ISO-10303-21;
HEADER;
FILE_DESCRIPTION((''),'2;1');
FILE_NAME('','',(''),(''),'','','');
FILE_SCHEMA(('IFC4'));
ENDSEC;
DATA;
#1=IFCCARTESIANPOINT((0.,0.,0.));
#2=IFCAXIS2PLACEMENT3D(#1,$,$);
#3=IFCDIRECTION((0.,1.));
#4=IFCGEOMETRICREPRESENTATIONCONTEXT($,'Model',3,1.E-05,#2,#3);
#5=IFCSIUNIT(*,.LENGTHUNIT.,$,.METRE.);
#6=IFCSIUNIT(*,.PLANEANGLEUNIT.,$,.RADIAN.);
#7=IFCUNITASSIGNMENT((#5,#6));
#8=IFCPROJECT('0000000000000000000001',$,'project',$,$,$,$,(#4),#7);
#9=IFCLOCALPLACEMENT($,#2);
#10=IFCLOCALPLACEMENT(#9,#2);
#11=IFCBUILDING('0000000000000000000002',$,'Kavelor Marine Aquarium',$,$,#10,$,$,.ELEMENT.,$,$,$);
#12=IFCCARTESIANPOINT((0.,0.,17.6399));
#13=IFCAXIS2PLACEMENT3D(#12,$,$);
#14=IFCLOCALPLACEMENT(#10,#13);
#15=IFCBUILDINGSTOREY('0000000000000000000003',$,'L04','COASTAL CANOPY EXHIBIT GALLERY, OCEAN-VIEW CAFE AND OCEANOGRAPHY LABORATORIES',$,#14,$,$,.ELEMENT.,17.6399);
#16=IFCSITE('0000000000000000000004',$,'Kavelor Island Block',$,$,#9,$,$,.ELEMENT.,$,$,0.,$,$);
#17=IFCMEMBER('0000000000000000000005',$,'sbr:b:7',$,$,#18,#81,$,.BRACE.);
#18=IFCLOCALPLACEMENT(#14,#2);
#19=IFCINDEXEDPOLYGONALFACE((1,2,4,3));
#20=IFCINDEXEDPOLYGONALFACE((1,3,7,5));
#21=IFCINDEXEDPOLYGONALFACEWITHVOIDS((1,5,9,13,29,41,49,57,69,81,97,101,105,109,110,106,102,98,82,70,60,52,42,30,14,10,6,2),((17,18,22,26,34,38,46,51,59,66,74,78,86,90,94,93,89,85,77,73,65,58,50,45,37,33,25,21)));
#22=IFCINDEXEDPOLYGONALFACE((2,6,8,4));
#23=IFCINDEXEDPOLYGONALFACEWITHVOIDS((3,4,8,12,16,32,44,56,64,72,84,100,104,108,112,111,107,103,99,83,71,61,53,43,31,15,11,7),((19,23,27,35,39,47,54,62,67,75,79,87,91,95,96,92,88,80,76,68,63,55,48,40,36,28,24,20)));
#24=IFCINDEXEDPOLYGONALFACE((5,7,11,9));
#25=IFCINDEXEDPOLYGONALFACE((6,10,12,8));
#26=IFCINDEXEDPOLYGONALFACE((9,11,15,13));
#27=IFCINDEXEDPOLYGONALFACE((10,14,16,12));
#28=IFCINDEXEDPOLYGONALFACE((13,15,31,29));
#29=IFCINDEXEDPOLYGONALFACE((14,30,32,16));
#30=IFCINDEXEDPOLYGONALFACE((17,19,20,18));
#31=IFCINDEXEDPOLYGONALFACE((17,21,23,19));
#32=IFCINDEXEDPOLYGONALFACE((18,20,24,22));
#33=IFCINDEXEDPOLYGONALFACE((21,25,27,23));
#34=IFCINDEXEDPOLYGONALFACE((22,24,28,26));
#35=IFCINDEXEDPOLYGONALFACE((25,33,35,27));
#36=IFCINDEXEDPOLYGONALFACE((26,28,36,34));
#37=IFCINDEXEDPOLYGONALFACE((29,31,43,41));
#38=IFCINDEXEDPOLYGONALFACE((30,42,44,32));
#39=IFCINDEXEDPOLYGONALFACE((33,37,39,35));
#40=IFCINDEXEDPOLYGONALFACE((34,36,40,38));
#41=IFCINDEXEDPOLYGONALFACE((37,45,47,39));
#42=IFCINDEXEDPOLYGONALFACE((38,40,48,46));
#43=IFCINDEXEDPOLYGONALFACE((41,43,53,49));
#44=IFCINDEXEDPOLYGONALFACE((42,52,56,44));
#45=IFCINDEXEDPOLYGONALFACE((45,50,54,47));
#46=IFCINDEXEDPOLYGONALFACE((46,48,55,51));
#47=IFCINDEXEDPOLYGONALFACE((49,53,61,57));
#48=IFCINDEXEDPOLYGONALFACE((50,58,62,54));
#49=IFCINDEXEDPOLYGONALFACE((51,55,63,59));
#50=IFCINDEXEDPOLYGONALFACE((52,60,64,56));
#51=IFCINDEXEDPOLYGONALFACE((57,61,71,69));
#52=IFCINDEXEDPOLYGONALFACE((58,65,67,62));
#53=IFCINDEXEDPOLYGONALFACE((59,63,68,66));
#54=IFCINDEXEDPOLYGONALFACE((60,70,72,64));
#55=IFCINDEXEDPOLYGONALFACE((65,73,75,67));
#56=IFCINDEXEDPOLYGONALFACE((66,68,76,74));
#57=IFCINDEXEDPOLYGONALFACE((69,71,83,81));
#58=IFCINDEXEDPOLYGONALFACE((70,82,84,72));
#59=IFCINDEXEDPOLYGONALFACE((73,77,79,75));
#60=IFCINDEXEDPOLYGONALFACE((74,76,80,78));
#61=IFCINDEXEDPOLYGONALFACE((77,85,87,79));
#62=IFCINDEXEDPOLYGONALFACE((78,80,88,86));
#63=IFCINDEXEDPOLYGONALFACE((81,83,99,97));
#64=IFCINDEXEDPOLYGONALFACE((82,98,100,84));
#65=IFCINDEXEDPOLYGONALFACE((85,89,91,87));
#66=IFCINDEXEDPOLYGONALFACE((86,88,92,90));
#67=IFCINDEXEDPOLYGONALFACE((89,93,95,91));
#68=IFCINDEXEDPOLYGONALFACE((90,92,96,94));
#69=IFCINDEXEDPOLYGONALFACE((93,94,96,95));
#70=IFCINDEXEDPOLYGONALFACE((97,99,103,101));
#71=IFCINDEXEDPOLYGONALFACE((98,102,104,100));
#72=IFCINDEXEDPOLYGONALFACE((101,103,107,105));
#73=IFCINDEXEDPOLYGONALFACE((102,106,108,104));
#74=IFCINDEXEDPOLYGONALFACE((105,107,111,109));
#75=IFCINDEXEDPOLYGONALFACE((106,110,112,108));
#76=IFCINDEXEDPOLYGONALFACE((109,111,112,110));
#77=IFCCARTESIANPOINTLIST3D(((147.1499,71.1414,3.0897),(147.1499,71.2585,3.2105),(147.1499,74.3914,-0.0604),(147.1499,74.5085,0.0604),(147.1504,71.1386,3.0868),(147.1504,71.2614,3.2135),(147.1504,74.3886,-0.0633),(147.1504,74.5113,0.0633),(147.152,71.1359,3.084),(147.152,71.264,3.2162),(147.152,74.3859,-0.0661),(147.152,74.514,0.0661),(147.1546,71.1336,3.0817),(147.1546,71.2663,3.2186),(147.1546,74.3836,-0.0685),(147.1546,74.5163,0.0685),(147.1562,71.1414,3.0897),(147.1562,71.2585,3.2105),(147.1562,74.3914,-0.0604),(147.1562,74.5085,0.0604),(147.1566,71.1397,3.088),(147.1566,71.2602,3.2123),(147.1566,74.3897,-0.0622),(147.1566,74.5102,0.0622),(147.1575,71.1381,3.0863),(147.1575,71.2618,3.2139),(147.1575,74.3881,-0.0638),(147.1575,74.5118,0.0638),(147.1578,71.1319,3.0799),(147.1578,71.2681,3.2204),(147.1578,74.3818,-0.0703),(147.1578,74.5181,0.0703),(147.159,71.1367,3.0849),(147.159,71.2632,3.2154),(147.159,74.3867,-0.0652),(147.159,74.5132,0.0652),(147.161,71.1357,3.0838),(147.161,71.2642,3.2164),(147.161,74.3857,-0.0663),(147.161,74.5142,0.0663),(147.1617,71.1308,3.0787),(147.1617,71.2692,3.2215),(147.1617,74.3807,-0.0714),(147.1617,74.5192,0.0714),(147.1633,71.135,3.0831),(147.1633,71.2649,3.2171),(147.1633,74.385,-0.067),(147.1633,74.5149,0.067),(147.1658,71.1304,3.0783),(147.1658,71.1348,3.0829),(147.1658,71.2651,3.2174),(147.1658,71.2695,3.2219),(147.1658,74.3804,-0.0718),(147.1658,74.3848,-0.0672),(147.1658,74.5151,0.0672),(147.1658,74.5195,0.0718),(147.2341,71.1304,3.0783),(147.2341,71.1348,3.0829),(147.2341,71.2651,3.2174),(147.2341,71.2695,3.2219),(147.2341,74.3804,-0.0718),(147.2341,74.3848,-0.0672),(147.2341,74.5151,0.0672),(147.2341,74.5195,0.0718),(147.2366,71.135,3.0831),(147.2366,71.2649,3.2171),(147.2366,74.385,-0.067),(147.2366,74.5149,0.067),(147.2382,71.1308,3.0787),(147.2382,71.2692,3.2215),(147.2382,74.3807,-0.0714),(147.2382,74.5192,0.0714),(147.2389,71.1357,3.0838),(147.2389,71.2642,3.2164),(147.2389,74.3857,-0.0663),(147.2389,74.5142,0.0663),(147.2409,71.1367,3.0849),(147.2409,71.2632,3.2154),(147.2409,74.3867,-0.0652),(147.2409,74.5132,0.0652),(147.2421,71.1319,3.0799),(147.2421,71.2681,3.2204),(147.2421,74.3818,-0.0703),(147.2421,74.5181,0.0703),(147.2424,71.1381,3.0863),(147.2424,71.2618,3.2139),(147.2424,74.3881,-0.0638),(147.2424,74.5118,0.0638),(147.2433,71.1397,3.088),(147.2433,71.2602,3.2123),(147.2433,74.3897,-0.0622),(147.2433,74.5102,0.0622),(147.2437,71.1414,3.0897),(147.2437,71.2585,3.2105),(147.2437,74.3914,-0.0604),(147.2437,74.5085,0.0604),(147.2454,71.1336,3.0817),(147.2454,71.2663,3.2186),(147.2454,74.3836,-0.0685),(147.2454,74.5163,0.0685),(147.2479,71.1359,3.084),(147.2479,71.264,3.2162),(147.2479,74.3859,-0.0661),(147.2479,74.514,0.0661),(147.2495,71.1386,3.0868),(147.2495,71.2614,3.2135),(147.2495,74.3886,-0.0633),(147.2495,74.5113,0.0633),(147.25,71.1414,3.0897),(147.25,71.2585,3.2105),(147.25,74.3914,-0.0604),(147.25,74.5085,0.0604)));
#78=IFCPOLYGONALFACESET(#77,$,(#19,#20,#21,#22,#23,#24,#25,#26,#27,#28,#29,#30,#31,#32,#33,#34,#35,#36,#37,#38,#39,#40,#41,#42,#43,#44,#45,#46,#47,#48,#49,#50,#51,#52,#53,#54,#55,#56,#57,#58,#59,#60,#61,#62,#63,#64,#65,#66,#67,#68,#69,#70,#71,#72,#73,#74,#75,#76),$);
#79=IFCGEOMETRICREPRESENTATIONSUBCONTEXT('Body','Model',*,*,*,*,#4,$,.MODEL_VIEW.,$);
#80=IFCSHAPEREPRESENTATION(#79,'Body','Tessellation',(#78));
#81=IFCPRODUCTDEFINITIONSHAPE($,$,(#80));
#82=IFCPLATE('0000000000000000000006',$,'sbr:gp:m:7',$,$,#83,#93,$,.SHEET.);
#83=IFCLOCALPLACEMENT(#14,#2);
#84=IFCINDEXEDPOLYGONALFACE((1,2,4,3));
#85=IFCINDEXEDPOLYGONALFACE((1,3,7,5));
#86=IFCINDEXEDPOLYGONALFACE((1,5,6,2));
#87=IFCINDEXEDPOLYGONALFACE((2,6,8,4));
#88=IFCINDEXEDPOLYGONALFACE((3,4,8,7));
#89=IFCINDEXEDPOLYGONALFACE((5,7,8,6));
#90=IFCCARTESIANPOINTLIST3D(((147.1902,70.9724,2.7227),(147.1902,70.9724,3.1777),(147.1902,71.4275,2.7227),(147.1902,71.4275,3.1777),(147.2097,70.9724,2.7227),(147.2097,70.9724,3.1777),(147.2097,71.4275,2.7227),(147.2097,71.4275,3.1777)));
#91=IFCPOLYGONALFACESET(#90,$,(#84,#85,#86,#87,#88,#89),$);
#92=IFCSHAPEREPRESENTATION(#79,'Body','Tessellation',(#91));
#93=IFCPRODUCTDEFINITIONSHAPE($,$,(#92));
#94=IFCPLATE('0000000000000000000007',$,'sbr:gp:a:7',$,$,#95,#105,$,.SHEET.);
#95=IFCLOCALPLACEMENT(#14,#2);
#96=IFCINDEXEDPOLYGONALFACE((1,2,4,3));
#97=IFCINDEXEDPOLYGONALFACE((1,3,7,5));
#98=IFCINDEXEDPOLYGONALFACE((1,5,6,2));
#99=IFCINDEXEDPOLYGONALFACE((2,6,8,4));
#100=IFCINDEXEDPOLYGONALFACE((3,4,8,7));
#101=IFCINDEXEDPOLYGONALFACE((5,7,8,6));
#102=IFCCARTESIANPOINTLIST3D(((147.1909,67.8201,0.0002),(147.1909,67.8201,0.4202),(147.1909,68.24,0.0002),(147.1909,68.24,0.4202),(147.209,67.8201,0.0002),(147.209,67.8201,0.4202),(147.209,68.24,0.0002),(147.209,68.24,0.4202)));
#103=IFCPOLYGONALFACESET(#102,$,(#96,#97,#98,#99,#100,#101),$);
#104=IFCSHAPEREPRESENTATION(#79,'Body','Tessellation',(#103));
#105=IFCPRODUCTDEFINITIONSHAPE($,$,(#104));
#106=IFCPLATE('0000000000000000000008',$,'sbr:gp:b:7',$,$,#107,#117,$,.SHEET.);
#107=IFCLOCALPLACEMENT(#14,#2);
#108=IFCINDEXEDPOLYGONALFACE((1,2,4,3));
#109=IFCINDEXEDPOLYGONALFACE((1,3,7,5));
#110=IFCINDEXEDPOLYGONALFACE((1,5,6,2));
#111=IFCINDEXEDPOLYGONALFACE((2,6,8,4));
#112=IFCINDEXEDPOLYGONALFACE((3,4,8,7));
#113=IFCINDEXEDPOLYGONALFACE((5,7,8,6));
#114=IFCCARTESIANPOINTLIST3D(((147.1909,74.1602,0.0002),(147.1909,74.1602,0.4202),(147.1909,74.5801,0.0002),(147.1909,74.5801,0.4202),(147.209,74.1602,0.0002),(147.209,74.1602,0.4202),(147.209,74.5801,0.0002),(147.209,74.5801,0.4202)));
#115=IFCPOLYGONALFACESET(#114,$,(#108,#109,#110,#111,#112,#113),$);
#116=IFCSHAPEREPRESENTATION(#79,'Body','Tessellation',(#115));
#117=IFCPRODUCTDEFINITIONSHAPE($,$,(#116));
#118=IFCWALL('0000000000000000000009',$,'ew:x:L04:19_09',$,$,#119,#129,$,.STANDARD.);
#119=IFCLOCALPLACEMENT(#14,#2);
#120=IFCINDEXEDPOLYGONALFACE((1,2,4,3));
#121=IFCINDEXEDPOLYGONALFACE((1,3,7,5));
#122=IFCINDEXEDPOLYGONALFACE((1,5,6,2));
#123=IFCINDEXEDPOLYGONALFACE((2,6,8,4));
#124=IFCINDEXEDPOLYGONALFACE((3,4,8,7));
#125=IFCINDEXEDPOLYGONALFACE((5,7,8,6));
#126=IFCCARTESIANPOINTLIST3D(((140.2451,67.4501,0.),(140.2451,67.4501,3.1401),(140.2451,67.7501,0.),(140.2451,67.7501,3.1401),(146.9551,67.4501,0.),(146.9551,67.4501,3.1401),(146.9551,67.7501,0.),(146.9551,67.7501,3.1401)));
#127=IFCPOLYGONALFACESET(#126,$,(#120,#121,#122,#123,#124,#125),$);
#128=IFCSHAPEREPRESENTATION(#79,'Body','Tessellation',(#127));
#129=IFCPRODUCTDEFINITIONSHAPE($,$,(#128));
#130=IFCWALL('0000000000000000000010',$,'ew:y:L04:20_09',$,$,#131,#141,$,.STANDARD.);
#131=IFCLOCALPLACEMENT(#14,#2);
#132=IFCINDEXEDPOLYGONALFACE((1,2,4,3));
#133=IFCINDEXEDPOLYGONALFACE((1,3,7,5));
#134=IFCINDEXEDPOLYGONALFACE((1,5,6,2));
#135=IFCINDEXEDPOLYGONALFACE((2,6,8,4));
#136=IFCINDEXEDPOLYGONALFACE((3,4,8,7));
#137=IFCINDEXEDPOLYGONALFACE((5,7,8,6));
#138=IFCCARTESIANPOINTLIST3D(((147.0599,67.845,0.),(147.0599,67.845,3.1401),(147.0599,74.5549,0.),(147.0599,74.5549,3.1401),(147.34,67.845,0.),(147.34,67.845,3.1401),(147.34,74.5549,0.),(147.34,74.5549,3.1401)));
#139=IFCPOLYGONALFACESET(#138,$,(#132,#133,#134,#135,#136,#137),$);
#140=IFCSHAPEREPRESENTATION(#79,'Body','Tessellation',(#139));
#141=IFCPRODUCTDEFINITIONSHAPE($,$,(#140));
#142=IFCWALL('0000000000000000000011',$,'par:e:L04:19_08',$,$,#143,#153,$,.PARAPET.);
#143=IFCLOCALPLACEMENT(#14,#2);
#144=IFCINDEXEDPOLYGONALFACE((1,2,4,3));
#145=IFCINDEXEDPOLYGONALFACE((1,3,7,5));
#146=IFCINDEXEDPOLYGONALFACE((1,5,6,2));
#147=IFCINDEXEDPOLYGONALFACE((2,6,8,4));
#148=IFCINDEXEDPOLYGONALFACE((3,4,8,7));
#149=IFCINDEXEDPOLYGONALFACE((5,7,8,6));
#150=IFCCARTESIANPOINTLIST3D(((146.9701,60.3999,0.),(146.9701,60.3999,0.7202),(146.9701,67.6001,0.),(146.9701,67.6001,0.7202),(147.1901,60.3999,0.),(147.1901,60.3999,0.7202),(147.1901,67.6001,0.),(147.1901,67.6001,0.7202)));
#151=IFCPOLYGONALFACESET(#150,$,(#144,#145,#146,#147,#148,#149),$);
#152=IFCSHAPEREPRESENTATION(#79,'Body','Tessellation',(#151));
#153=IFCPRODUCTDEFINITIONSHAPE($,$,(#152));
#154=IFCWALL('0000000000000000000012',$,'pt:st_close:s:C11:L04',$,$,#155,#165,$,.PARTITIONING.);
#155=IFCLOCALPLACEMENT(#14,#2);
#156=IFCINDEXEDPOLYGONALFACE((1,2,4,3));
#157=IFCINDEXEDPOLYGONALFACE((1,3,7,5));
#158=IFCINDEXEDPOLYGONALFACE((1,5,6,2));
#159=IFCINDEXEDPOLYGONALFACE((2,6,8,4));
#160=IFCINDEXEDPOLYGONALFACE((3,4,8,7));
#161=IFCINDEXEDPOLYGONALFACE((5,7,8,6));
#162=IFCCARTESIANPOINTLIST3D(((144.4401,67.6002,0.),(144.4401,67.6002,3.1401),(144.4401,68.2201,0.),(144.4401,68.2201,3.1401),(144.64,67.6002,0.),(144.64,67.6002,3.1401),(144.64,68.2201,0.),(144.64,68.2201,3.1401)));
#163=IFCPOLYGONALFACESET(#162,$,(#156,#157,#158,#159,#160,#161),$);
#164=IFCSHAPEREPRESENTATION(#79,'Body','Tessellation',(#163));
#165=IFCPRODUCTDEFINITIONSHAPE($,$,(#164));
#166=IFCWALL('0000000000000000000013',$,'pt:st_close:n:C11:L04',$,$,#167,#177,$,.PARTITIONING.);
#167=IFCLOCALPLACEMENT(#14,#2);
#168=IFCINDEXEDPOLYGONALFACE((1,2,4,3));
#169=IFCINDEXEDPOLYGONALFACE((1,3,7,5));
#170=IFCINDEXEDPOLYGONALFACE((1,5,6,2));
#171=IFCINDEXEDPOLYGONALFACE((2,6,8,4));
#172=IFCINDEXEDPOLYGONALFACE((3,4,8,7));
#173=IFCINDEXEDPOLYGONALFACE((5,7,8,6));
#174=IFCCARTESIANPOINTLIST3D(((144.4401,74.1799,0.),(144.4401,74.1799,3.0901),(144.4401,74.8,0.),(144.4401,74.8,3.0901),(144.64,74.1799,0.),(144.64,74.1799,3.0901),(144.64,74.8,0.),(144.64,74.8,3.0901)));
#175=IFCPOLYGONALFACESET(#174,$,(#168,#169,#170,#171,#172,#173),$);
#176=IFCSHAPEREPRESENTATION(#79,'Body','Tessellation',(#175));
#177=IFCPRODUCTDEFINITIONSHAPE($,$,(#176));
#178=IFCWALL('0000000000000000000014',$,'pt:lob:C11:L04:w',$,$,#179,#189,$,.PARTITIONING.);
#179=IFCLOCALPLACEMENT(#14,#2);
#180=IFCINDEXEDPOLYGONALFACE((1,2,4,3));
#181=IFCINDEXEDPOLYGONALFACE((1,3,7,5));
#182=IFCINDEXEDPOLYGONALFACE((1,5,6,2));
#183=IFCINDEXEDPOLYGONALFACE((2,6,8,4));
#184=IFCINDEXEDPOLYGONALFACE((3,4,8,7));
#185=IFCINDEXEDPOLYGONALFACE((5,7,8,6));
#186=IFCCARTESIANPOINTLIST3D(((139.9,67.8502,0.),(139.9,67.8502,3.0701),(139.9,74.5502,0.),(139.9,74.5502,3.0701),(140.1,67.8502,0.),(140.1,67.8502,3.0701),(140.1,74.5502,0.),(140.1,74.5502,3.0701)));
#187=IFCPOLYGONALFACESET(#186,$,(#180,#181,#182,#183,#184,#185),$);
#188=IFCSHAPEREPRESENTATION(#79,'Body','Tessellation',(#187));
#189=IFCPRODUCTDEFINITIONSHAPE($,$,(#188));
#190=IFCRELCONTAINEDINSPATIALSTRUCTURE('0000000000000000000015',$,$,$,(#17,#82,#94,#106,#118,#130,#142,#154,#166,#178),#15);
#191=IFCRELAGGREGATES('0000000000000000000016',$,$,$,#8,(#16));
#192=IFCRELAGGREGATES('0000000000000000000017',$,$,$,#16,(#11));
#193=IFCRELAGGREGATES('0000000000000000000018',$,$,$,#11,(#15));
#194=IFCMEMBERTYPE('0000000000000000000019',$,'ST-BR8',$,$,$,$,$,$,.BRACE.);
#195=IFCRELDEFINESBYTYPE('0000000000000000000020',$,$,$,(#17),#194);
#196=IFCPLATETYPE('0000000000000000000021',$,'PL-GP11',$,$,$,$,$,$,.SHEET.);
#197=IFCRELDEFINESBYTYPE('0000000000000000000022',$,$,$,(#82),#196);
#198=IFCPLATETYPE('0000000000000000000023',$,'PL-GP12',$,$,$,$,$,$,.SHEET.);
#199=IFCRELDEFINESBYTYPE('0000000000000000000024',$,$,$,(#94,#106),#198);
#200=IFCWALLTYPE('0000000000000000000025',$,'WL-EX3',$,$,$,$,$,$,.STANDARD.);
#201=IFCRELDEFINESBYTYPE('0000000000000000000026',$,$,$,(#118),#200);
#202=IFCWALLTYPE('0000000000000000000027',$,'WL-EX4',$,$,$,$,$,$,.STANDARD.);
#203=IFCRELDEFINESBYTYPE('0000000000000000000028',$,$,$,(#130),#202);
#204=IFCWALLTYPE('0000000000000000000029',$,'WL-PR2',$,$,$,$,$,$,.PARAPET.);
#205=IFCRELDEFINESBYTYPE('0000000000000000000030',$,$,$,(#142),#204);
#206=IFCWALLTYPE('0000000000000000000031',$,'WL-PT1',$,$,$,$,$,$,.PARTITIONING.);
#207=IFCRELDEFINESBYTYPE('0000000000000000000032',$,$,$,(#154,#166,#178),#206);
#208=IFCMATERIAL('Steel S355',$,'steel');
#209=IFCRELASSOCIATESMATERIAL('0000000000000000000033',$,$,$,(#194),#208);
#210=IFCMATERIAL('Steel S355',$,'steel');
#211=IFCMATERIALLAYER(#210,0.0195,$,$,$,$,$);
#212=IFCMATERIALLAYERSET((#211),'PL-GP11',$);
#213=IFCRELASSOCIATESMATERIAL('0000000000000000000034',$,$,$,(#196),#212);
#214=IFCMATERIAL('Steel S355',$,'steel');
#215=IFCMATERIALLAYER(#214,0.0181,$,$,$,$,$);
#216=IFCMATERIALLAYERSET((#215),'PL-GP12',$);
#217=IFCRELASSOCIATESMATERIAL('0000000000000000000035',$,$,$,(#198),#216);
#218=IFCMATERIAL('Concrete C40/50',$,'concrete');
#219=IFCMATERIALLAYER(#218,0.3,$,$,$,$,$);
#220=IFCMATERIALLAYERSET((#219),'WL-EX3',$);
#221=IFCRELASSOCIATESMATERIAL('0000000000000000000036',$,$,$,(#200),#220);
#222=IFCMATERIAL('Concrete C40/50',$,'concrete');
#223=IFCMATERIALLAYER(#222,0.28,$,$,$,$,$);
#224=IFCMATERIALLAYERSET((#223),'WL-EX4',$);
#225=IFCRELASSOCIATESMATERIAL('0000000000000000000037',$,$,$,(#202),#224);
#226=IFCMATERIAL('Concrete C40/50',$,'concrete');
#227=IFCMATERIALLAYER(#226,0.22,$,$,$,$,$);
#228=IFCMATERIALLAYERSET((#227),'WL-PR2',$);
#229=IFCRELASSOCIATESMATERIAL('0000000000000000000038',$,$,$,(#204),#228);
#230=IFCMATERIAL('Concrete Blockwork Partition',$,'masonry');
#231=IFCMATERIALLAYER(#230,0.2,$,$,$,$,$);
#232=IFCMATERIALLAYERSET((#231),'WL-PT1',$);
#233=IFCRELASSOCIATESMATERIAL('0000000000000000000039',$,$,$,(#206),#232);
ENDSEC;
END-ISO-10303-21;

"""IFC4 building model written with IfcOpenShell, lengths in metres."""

from ifc_helpers import new_model, si_unit, direction, frame, frame_2d, origin, origin_2d, place, context, subcontext, project, spatial, rectangle, hollow_rectangle, extrude, material, layer, layer_set, material_profile, profile_set, type_object, element, save


model = new_model("IFC4")

# Units and contexts
model_context = context("Model", 3, precision=1e-05, world=origin(), true_north=direction((0.0, 1.0)))
body_context = subcontext(model_context, "Body", "Model", "MODEL_VIEW")
ifc_project = project(units=[si_unit("LENGTHUNIT", "METRE"), si_unit("PLANEANGLEUNIT", "RADIAN")], contexts=[model_context])

# Site, building, storey
site_placement = place(None, origin())
site = spatial("IfcSite", under=ifc_project, at=site_placement, Name="Kavelor Island Block", CompositionType="ELEMENT", RefElevation=0.0)
building_placement = place(site_placement, origin())
building = spatial("IfcBuilding", under=site, at=building_placement, Name="Kavelor Marine Aquarium", CompositionType="ELEMENT")
storey_placement = place(building_placement, frame((0.0, 0.0, 17.6399)))
storey = spatial("IfcBuildingStorey", under=building, at=storey_placement, Name="L04", Description="COASTAL CANOPY EXHIBIT GALLERY, OCEAN-VIEW CAFE AND OCEANOGRAPHY LABORATORIES", CompositionType="ELEMENT", Elevation=17.6399)

# Member
ifc_material_1 = material(Name="Steel S355", Category="steel")
ifc_material_profile_1 = material_profile(ifc_material_1, hollow_rectangle(XDim=0.1001, YDim=0.2, WallThickness=0.0063, InnerFilletRadius=0.0095, OuterFilletRadius=0.0159, at=origin_2d()), Name="RHS 200x100x6.3")
ifc_profile_set_1 = profile_set([ifc_material_profile_1], Name="Steel S355")
member_type = type_object("IfcMemberType", Name="ST-BR8", PredefinedType="BRACE", material=ifc_profile_set_1)
for number, where, z_axis, x_axis, name in (
    (1, (147.2, 74.45, 0.0), (0.0, -0.718052, 0.69599), (1.0, 0.0, 0.0), "sbr:b:7"),
):
    element("IfcMember", number, at=place(storey_placement, frame(where, z_axis=z_axis, x_axis=x_axis)), inside=storey, type_object=member_type, Name=name, PredefinedType="BRACE", context=body_context, shape_type="SweptSolid", body=[
        extrude(hollow_rectangle(XDim=0.1001, YDim=0.2, WallThickness=0.0063, InnerFilletRadius=0.0095, OuterFilletRadius=0.0159, at=origin_2d()), origin(), (0.0, 0.0, 1.0), 4.5261),
    ])

# Plates
ifc_material_2 = material(Name="Steel S355", Category="steel")
ifc_layer_1 = layer(ifc_material_2, 0.0195)
ifc_layer_set_1 = layer_set([ifc_layer_1], Name="PL-GP11")
plate_type_1 = type_object("IfcPlateType", Name="PL-GP11", PredefinedType="SHEET", material=ifc_layer_set_1)
plate_placement = place(storey_placement, frame((147.2, 71.2, 2.7227), z_axis=(0.0, 0.0, 1.0), x_axis=(1.0, 0.0, 0.0)))
element("IfcPlate", 2, at=plate_placement, inside=storey, type_object=plate_type_1, Name="sbr:gp:m:7", PredefinedType="SHEET", context=body_context, shape_type="SweptSolid", body=[
    extrude(rectangle(XDim=0.0195, YDim=0.4551, at=origin_2d()), origin(), (0.0, 0.0, 1.0), 0.4551),
])
ifc_material_3 = material(Name="Steel S355", Category="steel")
ifc_layer_2 = layer(ifc_material_3, 0.0181)
ifc_layer_set_2 = layer_set([ifc_layer_2], Name="PL-GP12")
plate_type_2 = type_object("IfcPlateType", Name="PL-GP12", PredefinedType="SHEET", material=ifc_layer_set_2)
for number, where, z_axis, x_axis, name in (
    (3, (147.2, 68.03, 0.0002), (0.0, 0.0, 1.0), (1.0, 0.0, 0.0), "sbr:gp:a:7"),
    (4, (147.2, 74.3701, 0.0002), (0.0, 0.0, 1.0), (1.0, 0.0, 0.0), "sbr:gp:b:7"),
):
    element("IfcPlate", number, at=place(storey_placement, frame(where, z_axis=z_axis, x_axis=x_axis)), inside=storey, type_object=plate_type_2, Name=name, PredefinedType="SHEET", context=body_context, shape_type="SweptSolid", body=[
        extrude(rectangle(XDim=0.0181, YDim=0.4199, at=origin_2d()), origin(), (0.0, 0.0, 1.0), 0.4199),
    ])

# Walls
ifc_material_4 = material(Name="Concrete C40/50", Category="concrete")
ifc_layer_3 = layer(ifc_material_4, 0.3)
ifc_layer_set_3 = layer_set([ifc_layer_3], Name="WL-EX3")
wall_type_1 = type_object("IfcWallType", Name="WL-EX3", PredefinedType="STANDARD", material=ifc_layer_set_3)
wall_1_placement = place(storey_placement, frame((146.9551, 67.6001, 0.0), z_axis=(0.0, 0.0, 1.0), x_axis=(-1.0, 0.0, 0.0)))
element("IfcWall", 5, at=wall_1_placement, inside=storey, type_object=wall_type_1, Name="ew:x:L04:19_09", PredefinedType="STANDARD", context=body_context, shape_type="SweptSolid", body=[
    extrude(rectangle(XDim=6.71, YDim=0.3, at=frame_2d((3.355, 0.0))), origin(), (0.0, 0.0, 1.0), 3.1401),
])
ifc_material_5 = material(Name="Concrete C40/50", Category="concrete")
ifc_layer_4 = layer(ifc_material_5, 0.28)
ifc_layer_set_4 = layer_set([ifc_layer_4], Name="WL-EX4")
wall_type_2 = type_object("IfcWallType", Name="WL-EX4", PredefinedType="STANDARD", material=ifc_layer_set_4)
wall_2_placement = place(storey_placement, frame((147.2, 74.5549, 0.0), z_axis=(0.0, 0.0, 1.0), x_axis=(0.0, -1.0, 0.0)))
element("IfcWall", 6, at=wall_2_placement, inside=storey, type_object=wall_type_2, Name="ew:y:L04:20_09", PredefinedType="STANDARD", context=body_context, shape_type="SweptSolid", body=[
    extrude(rectangle(XDim=6.71, YDim=0.28, at=frame_2d((3.355, 0.0))), origin(), (0.0, 0.0, 1.0), 3.1401),
])
ifc_material_6 = material(Name="Concrete C40/50", Category="concrete")
ifc_layer_5 = layer(ifc_material_6, 0.22)
ifc_layer_set_5 = layer_set([ifc_layer_5], Name="WL-PR2")
wall_type_3 = type_object("IfcWallType", Name="WL-PR2", PredefinedType="PARAPET", material=ifc_layer_set_5)
wall_3_placement = place(storey_placement, frame((147.0801, 60.3999, 0.0), z_axis=(0.0, 0.0, 1.0), x_axis=(0.0, 1.0, 0.0)))
element("IfcWall", 7, at=wall_3_placement, inside=storey, type_object=wall_type_3, Name="par:e:L04:19_08", PredefinedType="PARAPET", context=body_context, shape_type="SweptSolid", body=[
    extrude(rectangle(XDim=7.2002, YDim=0.22, at=frame_2d((3.6001, 0.0))), origin(), (0.0, 0.0, 1.0), 0.7202),
])
ifc_material_7 = material(Name="Concrete Blockwork Partition", Category="masonry")
ifc_layer_6 = layer(ifc_material_7, 0.2)
ifc_layer_set_6 = layer_set([ifc_layer_6], Name="WL-PT1")
wall_type_4 = type_object("IfcWallType", Name="WL-PT1", PredefinedType="PARTITIONING", material=ifc_layer_set_6)
wall_4_placement = place(storey_placement, frame((144.54, 67.6001, 0.0), z_axis=(0.0, 0.0, 1.0), x_axis=(0.0, 1.0, 0.0)))
element("IfcWall", 8, at=wall_4_placement, inside=storey, type_object=wall_type_4, Name="pt:st_close:s:C11:L04", PredefinedType="PARTITIONING", context=body_context, shape_type="SweptSolid", body=[
    extrude(rectangle(XDim=0.6199, YDim=0.2, at=frame_2d((0.3101, 0.0))), origin(), (0.0, 0.0, 1.0), 3.1401),
])
wall_5_placement = place(storey_placement, frame((144.54, 74.1799, 0.0), z_axis=(0.0, 0.0, 1.0), x_axis=(0.0, 1.0, 0.0)))
element("IfcWall", 9, at=wall_5_placement, inside=storey, type_object=wall_type_4, Name="pt:st_close:n:C11:L04", PredefinedType="PARTITIONING", context=body_context, shape_type="SweptSolid", body=[
    extrude(rectangle(XDim=0.6201, YDim=0.2, at=frame_2d((0.3101, 0.0))), origin(), (0.0, 0.0, 1.0), 3.0901),
])
wall_6_placement = place(storey_placement, frame((140.0, 67.8501, 0.0), z_axis=(0.0, 0.0, 1.0), x_axis=(0.0, 1.0, 0.0)))
element("IfcWall", 10, at=wall_6_placement, inside=storey, type_object=wall_type_4, Name="pt:lob:C11:L04:w", PredefinedType="PARTITIONING", context=body_context, shape_type="SweptSolid", body=[
    extrude(rectangle(XDim=6.7, YDim=0.2, at=frame_2d((3.3501, 0.0))), origin(), (0.0, 0.0, 1.0), 3.0701),
])

save(model, "model.ifc")
